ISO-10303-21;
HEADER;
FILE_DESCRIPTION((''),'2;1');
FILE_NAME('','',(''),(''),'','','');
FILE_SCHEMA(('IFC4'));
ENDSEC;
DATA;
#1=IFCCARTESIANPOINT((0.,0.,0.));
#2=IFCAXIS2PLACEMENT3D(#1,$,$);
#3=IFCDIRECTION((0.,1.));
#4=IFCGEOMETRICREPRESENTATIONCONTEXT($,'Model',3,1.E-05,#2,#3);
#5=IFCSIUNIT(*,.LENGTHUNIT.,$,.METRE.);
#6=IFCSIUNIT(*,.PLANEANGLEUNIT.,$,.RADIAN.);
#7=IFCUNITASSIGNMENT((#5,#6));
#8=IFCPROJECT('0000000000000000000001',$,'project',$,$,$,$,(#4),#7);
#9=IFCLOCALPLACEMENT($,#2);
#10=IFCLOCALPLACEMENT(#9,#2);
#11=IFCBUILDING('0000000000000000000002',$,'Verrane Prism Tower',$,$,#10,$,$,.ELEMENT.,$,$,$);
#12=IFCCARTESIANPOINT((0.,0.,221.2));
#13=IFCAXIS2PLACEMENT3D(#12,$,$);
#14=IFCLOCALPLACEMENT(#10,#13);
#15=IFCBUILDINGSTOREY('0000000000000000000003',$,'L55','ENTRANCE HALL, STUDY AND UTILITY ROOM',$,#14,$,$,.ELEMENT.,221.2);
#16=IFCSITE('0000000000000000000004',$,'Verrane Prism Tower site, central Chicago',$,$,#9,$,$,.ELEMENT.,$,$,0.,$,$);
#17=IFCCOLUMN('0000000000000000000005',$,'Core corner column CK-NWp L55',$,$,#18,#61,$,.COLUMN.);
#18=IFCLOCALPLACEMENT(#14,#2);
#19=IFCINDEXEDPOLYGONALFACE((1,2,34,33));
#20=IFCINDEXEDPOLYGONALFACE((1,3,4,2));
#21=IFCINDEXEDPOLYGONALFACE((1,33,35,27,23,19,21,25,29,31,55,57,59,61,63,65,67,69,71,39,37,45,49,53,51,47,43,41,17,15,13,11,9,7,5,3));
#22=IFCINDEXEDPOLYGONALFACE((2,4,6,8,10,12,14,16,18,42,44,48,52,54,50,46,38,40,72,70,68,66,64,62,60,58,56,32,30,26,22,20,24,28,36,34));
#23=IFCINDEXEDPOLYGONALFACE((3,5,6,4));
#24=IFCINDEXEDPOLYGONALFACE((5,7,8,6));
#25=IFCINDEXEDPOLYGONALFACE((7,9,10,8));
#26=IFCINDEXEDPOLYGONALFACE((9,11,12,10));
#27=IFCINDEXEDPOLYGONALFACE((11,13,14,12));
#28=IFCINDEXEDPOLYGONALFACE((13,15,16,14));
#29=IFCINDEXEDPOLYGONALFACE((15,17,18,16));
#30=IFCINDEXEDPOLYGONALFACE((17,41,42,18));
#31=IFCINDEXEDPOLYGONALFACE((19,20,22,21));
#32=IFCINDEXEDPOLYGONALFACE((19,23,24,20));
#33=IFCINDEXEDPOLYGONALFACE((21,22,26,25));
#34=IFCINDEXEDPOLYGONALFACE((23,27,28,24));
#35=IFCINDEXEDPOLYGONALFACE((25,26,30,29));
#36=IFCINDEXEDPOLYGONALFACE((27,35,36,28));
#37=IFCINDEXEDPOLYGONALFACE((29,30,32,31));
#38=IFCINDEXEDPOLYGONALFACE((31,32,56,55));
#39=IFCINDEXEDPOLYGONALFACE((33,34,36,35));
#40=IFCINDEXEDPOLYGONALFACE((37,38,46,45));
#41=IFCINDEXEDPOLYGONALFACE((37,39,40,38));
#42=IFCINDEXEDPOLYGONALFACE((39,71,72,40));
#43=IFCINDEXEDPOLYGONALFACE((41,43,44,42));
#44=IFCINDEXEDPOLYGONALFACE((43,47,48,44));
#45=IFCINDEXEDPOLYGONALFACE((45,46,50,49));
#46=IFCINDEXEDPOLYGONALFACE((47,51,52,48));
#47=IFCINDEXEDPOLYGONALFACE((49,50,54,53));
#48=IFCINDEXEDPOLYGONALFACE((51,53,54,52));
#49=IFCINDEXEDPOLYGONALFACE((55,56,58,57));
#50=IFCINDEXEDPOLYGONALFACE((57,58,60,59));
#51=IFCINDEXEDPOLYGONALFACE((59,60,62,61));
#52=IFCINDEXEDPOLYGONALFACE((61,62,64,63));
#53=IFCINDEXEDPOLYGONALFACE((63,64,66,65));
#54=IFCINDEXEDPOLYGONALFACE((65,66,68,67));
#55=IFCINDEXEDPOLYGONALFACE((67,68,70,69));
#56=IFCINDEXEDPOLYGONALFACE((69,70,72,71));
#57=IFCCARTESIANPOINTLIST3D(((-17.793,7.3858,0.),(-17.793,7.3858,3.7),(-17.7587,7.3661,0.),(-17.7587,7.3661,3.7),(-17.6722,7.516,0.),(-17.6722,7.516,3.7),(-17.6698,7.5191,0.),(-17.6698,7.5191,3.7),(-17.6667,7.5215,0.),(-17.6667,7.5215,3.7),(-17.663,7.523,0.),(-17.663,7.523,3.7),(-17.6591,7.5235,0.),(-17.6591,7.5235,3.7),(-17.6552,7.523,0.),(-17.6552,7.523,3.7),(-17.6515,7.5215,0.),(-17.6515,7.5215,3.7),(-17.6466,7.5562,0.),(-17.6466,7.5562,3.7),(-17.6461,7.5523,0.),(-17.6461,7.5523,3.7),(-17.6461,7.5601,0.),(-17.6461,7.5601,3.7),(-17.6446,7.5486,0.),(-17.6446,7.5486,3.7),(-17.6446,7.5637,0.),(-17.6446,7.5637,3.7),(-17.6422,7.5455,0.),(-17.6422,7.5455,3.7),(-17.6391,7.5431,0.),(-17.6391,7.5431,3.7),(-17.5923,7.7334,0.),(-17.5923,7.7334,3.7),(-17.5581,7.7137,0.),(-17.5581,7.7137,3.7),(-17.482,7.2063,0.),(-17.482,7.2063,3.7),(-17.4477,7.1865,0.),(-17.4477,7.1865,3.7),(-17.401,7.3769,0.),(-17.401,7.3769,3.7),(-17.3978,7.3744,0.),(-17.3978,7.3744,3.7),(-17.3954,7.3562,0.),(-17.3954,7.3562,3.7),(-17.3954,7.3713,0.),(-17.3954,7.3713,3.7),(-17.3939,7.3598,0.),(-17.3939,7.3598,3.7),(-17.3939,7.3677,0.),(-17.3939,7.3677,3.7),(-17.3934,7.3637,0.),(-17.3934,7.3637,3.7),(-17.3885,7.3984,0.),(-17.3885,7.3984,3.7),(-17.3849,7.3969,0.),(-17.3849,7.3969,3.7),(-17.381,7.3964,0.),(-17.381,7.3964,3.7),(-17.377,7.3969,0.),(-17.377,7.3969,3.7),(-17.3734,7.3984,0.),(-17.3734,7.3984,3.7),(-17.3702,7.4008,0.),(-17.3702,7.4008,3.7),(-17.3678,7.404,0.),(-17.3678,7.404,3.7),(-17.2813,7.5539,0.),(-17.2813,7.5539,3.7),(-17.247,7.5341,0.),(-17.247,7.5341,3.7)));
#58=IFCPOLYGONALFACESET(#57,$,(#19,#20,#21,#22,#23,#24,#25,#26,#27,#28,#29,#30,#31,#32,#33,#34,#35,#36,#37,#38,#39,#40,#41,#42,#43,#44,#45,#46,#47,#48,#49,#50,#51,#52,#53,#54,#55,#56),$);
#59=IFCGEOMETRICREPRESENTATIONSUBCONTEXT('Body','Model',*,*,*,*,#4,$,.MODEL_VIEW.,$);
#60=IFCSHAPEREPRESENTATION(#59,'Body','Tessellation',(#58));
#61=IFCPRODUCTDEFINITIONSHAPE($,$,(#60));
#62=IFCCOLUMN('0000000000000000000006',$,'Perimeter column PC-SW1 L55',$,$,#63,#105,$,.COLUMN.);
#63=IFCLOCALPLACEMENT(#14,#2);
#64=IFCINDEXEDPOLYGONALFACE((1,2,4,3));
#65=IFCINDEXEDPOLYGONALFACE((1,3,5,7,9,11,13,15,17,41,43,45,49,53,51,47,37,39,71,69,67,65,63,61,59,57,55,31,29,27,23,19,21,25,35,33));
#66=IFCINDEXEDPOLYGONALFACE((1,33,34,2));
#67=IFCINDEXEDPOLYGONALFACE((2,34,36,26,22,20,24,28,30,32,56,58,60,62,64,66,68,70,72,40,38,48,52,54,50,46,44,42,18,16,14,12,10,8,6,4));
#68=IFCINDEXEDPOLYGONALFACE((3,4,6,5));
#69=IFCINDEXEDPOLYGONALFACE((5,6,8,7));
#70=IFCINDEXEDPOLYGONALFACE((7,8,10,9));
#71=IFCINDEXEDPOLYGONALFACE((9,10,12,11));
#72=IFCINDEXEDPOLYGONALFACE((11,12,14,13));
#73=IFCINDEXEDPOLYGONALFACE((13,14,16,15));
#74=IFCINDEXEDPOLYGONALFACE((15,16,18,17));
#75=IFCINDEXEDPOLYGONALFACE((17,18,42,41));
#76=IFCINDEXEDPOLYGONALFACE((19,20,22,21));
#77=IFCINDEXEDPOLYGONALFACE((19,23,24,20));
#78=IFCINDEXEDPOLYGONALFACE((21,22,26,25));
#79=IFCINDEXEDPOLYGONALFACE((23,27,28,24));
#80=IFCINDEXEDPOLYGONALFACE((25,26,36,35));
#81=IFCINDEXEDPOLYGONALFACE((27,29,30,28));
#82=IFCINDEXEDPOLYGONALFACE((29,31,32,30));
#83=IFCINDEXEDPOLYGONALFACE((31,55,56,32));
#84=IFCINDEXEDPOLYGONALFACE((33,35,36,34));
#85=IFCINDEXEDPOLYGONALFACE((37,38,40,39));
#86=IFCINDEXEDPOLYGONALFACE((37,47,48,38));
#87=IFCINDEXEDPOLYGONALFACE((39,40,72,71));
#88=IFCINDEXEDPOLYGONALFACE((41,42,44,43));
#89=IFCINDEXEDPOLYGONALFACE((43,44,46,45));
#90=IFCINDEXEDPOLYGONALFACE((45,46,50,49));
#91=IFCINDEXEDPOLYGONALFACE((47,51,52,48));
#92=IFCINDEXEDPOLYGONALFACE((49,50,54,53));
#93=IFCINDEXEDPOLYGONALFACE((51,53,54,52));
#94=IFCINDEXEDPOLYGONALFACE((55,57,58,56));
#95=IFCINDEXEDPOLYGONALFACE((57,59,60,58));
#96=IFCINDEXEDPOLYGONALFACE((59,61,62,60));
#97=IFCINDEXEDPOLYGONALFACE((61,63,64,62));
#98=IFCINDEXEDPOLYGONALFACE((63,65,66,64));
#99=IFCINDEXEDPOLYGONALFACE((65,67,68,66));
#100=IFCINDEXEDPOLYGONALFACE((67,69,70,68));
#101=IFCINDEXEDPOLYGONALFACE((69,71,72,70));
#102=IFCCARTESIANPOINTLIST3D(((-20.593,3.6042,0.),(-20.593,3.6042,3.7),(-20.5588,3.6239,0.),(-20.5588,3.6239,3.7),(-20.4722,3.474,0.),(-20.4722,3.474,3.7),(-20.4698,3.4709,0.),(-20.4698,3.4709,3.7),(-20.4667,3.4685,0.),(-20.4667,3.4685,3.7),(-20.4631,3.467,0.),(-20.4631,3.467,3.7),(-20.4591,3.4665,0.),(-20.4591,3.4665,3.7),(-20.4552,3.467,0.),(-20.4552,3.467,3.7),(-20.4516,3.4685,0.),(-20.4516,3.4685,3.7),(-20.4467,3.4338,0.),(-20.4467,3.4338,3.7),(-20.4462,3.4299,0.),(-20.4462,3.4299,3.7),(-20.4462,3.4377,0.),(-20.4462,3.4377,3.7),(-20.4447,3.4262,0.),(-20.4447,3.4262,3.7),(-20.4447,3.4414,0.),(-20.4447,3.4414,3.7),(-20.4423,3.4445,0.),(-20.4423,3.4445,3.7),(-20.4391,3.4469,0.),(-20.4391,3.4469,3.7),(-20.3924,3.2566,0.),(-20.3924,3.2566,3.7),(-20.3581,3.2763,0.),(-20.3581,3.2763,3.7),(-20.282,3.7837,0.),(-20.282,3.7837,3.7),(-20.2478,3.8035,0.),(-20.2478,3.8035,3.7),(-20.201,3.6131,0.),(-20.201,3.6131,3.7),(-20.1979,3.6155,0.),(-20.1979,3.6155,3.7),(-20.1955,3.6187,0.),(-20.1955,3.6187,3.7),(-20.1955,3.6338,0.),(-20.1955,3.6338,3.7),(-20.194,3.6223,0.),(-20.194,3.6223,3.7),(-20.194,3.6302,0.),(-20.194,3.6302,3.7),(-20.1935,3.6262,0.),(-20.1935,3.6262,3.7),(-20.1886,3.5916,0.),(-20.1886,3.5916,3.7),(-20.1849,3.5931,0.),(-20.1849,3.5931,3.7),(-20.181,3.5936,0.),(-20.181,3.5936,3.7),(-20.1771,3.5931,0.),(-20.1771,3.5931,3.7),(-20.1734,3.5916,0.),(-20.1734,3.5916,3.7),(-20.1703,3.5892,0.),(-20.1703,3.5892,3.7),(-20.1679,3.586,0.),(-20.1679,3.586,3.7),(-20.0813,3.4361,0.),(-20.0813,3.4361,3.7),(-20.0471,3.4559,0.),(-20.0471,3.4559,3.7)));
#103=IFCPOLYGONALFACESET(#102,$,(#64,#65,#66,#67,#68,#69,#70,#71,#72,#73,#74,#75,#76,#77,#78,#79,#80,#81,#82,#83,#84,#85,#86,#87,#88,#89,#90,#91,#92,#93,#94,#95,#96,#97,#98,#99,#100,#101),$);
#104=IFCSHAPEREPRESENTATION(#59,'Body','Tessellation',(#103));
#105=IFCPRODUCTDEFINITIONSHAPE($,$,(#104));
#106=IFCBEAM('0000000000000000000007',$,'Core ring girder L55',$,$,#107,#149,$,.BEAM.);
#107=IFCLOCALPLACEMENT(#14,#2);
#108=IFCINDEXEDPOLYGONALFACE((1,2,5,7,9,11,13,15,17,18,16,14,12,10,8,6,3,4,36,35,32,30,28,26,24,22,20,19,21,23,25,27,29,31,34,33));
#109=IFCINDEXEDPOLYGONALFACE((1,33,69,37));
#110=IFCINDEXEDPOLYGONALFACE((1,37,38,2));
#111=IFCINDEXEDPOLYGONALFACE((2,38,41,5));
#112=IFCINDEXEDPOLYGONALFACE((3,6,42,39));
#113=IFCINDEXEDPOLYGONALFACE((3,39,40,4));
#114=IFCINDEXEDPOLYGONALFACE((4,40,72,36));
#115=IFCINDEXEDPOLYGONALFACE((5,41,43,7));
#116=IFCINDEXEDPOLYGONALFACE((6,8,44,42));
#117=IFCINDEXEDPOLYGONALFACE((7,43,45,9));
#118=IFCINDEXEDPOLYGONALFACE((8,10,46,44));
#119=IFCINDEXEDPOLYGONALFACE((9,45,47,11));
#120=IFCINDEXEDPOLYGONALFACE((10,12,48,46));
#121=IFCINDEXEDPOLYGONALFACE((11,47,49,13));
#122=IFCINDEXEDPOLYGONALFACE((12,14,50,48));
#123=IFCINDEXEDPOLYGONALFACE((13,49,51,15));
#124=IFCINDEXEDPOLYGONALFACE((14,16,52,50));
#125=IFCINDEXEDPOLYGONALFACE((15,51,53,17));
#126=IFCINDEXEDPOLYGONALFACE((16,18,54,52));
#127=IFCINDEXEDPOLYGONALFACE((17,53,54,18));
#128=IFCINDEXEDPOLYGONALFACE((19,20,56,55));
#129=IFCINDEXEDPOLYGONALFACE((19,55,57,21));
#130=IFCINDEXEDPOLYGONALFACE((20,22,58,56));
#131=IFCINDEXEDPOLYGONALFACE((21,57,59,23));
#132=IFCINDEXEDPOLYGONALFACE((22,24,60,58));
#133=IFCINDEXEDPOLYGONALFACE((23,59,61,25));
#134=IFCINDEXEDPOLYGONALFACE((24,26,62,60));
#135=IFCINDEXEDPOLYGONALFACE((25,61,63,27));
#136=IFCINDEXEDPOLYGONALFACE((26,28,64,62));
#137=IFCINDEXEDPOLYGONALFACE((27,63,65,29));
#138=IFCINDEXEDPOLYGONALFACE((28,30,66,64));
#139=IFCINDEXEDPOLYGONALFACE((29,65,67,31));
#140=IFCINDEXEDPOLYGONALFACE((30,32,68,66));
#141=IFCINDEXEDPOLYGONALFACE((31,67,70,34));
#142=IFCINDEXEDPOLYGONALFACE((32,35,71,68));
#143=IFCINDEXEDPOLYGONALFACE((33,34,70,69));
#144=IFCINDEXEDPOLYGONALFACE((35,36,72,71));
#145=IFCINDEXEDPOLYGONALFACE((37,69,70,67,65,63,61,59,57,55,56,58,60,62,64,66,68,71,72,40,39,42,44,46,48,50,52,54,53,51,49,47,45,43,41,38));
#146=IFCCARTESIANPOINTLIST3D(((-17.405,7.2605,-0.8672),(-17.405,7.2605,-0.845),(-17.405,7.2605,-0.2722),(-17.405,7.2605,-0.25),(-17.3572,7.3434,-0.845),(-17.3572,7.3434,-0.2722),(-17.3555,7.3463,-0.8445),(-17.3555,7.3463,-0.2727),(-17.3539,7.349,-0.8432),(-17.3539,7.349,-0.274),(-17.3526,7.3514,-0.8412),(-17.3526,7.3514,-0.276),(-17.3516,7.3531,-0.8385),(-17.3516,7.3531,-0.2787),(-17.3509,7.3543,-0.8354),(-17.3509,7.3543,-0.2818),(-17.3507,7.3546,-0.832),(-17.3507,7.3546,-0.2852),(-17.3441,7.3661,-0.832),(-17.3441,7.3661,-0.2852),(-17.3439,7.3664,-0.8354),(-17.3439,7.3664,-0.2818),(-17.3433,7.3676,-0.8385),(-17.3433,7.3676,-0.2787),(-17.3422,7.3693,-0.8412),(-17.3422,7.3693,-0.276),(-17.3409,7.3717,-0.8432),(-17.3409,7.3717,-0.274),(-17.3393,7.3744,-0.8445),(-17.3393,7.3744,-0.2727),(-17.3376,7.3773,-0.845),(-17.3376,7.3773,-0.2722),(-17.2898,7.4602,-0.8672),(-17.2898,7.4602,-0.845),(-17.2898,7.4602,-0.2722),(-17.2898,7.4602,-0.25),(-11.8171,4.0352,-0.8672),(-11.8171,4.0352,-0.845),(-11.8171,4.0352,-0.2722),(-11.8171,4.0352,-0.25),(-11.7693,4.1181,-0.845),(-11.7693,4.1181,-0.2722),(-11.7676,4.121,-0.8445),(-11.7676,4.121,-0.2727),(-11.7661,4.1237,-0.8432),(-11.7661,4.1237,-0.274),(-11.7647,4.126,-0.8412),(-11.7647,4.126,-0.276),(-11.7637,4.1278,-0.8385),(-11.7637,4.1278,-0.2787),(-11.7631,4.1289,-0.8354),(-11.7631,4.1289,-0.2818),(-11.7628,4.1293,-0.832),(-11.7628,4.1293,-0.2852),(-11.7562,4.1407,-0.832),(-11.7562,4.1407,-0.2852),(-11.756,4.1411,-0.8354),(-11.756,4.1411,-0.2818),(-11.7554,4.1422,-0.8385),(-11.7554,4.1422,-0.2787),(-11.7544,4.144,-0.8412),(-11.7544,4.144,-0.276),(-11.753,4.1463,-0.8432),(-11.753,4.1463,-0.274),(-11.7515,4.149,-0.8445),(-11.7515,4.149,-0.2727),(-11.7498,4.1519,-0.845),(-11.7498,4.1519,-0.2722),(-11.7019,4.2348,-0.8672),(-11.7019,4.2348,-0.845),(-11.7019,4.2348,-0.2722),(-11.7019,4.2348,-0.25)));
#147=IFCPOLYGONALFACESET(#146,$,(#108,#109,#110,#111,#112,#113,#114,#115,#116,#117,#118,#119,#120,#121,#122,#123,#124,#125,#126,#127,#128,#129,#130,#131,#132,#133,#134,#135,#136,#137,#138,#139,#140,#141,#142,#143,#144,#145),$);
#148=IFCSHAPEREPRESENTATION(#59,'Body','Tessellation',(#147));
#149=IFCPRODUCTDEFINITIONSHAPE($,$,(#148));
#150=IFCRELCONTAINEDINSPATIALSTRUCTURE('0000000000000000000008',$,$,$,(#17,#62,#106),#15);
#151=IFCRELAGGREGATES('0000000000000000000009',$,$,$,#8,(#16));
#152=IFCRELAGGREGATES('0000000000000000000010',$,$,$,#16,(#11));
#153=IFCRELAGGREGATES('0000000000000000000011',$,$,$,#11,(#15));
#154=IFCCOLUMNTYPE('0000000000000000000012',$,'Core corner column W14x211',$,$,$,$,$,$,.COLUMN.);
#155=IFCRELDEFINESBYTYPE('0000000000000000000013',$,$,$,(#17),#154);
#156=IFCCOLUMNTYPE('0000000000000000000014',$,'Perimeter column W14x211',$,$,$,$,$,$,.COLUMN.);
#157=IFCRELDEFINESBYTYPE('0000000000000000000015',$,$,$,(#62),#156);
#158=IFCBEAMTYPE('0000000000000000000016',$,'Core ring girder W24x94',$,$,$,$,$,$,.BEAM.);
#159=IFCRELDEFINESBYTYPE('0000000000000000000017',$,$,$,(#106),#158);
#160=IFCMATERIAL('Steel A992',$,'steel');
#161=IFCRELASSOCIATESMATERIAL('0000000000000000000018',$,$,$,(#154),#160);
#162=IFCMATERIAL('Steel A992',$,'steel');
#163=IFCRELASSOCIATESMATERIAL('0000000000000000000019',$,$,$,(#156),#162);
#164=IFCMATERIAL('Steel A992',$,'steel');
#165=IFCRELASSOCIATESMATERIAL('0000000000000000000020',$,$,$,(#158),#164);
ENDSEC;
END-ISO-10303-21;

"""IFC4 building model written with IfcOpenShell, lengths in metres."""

from ifc_helpers import new_model, si_unit, direction, frame, origin, origin_2d, place, context, subcontext, project, spatial, i_section, extrude, material, material_profile, profile_set, type_object, element, save


model = new_model("IFC4")

# Units and contexts
model_context = context("Model", 3, precision=1e-05, world=origin(), true_north=direction((0.0, 1.0)))
body_context = subcontext(model_context, "Body", "Model", "MODEL_VIEW")
ifc_project = project(units=[si_unit("LENGTHUNIT", "METRE"), si_unit("PLANEANGLEUNIT", "RADIAN")], contexts=[model_context])

# Site, building, storey
site_placement = place(None, origin())
site = spatial("IfcSite", under=ifc_project, at=site_placement, Name="Verrane Prism Tower site, central Chicago", CompositionType="ELEMENT", RefElevation=0.0)
building_placement = place(site_placement, origin())
building = spatial("IfcBuilding", under=site, at=building_placement, Name="Verrane Prism Tower", CompositionType="ELEMENT")
storey_placement = place(building_placement, frame((0.0, 0.0, 221.2)))
storey = spatial("IfcBuildingStorey", under=building, at=storey_placement, Name="L55", Description="ENTRANCE HALL, STUDY AND UTILITY ROOM", CompositionType="ELEMENT", Elevation=221.2)

# Columns
ifc_material_1 = material(Name="Steel A992", Category="steel")
ifc_material_profile_1 = material_profile(ifc_material_1, i_section(OverallWidth=0.4014, OverallDepth=0.3987, WebThickness=0.0249, FlangeThickness=0.0396, FilletRadius=0.0151, at=origin_2d()), Name="W14x211")
ifc_profile_set_1 = profile_set([ifc_material_profile_1], Name="Steel A992")
column_type_1 = type_object("IfcColumnType", Name="Core corner column W14x211", PredefinedType="COLUMN", material=ifc_profile_set_1)
column_1_placement = place(storey_placement, frame((-17.52, 7.46, 0.0), z_axis=(0.0, 0.0, 1.0), x_axis=(0.5, 0.866025, 0.0)))
element("IfcColumn", 1, at=column_1_placement, inside=storey, type_object=column_type_1, Name="Core corner column CK-NWp L55", PredefinedType="COLUMN", context=body_context, shape_type="SweptSolid", body=[
    extrude(i_section(OverallWidth=0.4014, OverallDepth=0.3987, WebThickness=0.0249, FlangeThickness=0.0396, FilletRadius=0.0151, at=origin_2d()), origin(), (0.0, 0.0, 1.0), 3.7),
])
ifc_material_2 = material(Name="Steel A992", Category="steel")
ifc_material_profile_2 = material_profile(ifc_material_2, i_section(OverallWidth=0.4014, OverallDepth=0.3987, WebThickness=0.0249, FlangeThickness=0.0396, FilletRadius=0.0151, at=origin_2d()), Name="W14x211")
ifc_profile_set_2 = profile_set([ifc_material_profile_2], Name="Steel A992")
column_type_2 = type_object("IfcColumnType", Name="Perimeter column W14x211", PredefinedType="COLUMN", material=ifc_profile_set_2)
column_2_placement = place(storey_placement, frame((-20.3201, 3.53, 0.0), z_axis=(0.0, 0.0, 1.0), x_axis=(-0.5, 0.866025, 0.0)))
element("IfcColumn", 2, at=column_2_placement, inside=storey, type_object=column_type_2, Name="Perimeter column PC-SW1 L55", PredefinedType="COLUMN", context=body_context, shape_type="SweptSolid", body=[
    extrude(i_section(OverallWidth=0.4014, OverallDepth=0.3987, WebThickness=0.0249, FlangeThickness=0.0396, FilletRadius=0.0151, at=origin_2d()), origin(), (0.0, 0.0, 1.0), 3.7),
])

# Beam
ifc_material_3 = material(Name="Steel A992", Category="steel")
ifc_material_profile_3 = material_profile(ifc_material_3, i_section(OverallWidth=0.2305, OverallDepth=0.6172, WebThickness=0.0132, FlangeThickness=0.0222, FilletRadius=0.0129, at=origin_2d()), Name="W24x94")
ifc_profile_set_3 = profile_set([ifc_material_profile_3], Name="Steel A992")
beam_type_1 = type_object("IfcBeamType", Name="Core ring girder W24x94", PredefinedType="BEAM", material=ifc_profile_set_3)
beam_1_placement = place(storey_placement, frame((-17.3474, 7.3604, -0.5586), z_axis=(0.866081, -0.499904, 0.0), x_axis=(0.499904, 0.866081, 0.0)))
element("IfcBeam", 3, at=beam_1_placement, inside=storey, type_object=beam_type_1, Name="Core ring girder L55", PredefinedType="BEAM", context=body_context, shape_type="SweptSolid", body=[
    extrude(i_section(OverallWidth=0.2305, OverallDepth=0.6172, WebThickness=0.0132, FlangeThickness=0.0222, FilletRadius=0.0129, at=origin_2d()), origin(), (0.0, 0.0, 1.0), 6.4519),
])

save(model, "model.ifc")
